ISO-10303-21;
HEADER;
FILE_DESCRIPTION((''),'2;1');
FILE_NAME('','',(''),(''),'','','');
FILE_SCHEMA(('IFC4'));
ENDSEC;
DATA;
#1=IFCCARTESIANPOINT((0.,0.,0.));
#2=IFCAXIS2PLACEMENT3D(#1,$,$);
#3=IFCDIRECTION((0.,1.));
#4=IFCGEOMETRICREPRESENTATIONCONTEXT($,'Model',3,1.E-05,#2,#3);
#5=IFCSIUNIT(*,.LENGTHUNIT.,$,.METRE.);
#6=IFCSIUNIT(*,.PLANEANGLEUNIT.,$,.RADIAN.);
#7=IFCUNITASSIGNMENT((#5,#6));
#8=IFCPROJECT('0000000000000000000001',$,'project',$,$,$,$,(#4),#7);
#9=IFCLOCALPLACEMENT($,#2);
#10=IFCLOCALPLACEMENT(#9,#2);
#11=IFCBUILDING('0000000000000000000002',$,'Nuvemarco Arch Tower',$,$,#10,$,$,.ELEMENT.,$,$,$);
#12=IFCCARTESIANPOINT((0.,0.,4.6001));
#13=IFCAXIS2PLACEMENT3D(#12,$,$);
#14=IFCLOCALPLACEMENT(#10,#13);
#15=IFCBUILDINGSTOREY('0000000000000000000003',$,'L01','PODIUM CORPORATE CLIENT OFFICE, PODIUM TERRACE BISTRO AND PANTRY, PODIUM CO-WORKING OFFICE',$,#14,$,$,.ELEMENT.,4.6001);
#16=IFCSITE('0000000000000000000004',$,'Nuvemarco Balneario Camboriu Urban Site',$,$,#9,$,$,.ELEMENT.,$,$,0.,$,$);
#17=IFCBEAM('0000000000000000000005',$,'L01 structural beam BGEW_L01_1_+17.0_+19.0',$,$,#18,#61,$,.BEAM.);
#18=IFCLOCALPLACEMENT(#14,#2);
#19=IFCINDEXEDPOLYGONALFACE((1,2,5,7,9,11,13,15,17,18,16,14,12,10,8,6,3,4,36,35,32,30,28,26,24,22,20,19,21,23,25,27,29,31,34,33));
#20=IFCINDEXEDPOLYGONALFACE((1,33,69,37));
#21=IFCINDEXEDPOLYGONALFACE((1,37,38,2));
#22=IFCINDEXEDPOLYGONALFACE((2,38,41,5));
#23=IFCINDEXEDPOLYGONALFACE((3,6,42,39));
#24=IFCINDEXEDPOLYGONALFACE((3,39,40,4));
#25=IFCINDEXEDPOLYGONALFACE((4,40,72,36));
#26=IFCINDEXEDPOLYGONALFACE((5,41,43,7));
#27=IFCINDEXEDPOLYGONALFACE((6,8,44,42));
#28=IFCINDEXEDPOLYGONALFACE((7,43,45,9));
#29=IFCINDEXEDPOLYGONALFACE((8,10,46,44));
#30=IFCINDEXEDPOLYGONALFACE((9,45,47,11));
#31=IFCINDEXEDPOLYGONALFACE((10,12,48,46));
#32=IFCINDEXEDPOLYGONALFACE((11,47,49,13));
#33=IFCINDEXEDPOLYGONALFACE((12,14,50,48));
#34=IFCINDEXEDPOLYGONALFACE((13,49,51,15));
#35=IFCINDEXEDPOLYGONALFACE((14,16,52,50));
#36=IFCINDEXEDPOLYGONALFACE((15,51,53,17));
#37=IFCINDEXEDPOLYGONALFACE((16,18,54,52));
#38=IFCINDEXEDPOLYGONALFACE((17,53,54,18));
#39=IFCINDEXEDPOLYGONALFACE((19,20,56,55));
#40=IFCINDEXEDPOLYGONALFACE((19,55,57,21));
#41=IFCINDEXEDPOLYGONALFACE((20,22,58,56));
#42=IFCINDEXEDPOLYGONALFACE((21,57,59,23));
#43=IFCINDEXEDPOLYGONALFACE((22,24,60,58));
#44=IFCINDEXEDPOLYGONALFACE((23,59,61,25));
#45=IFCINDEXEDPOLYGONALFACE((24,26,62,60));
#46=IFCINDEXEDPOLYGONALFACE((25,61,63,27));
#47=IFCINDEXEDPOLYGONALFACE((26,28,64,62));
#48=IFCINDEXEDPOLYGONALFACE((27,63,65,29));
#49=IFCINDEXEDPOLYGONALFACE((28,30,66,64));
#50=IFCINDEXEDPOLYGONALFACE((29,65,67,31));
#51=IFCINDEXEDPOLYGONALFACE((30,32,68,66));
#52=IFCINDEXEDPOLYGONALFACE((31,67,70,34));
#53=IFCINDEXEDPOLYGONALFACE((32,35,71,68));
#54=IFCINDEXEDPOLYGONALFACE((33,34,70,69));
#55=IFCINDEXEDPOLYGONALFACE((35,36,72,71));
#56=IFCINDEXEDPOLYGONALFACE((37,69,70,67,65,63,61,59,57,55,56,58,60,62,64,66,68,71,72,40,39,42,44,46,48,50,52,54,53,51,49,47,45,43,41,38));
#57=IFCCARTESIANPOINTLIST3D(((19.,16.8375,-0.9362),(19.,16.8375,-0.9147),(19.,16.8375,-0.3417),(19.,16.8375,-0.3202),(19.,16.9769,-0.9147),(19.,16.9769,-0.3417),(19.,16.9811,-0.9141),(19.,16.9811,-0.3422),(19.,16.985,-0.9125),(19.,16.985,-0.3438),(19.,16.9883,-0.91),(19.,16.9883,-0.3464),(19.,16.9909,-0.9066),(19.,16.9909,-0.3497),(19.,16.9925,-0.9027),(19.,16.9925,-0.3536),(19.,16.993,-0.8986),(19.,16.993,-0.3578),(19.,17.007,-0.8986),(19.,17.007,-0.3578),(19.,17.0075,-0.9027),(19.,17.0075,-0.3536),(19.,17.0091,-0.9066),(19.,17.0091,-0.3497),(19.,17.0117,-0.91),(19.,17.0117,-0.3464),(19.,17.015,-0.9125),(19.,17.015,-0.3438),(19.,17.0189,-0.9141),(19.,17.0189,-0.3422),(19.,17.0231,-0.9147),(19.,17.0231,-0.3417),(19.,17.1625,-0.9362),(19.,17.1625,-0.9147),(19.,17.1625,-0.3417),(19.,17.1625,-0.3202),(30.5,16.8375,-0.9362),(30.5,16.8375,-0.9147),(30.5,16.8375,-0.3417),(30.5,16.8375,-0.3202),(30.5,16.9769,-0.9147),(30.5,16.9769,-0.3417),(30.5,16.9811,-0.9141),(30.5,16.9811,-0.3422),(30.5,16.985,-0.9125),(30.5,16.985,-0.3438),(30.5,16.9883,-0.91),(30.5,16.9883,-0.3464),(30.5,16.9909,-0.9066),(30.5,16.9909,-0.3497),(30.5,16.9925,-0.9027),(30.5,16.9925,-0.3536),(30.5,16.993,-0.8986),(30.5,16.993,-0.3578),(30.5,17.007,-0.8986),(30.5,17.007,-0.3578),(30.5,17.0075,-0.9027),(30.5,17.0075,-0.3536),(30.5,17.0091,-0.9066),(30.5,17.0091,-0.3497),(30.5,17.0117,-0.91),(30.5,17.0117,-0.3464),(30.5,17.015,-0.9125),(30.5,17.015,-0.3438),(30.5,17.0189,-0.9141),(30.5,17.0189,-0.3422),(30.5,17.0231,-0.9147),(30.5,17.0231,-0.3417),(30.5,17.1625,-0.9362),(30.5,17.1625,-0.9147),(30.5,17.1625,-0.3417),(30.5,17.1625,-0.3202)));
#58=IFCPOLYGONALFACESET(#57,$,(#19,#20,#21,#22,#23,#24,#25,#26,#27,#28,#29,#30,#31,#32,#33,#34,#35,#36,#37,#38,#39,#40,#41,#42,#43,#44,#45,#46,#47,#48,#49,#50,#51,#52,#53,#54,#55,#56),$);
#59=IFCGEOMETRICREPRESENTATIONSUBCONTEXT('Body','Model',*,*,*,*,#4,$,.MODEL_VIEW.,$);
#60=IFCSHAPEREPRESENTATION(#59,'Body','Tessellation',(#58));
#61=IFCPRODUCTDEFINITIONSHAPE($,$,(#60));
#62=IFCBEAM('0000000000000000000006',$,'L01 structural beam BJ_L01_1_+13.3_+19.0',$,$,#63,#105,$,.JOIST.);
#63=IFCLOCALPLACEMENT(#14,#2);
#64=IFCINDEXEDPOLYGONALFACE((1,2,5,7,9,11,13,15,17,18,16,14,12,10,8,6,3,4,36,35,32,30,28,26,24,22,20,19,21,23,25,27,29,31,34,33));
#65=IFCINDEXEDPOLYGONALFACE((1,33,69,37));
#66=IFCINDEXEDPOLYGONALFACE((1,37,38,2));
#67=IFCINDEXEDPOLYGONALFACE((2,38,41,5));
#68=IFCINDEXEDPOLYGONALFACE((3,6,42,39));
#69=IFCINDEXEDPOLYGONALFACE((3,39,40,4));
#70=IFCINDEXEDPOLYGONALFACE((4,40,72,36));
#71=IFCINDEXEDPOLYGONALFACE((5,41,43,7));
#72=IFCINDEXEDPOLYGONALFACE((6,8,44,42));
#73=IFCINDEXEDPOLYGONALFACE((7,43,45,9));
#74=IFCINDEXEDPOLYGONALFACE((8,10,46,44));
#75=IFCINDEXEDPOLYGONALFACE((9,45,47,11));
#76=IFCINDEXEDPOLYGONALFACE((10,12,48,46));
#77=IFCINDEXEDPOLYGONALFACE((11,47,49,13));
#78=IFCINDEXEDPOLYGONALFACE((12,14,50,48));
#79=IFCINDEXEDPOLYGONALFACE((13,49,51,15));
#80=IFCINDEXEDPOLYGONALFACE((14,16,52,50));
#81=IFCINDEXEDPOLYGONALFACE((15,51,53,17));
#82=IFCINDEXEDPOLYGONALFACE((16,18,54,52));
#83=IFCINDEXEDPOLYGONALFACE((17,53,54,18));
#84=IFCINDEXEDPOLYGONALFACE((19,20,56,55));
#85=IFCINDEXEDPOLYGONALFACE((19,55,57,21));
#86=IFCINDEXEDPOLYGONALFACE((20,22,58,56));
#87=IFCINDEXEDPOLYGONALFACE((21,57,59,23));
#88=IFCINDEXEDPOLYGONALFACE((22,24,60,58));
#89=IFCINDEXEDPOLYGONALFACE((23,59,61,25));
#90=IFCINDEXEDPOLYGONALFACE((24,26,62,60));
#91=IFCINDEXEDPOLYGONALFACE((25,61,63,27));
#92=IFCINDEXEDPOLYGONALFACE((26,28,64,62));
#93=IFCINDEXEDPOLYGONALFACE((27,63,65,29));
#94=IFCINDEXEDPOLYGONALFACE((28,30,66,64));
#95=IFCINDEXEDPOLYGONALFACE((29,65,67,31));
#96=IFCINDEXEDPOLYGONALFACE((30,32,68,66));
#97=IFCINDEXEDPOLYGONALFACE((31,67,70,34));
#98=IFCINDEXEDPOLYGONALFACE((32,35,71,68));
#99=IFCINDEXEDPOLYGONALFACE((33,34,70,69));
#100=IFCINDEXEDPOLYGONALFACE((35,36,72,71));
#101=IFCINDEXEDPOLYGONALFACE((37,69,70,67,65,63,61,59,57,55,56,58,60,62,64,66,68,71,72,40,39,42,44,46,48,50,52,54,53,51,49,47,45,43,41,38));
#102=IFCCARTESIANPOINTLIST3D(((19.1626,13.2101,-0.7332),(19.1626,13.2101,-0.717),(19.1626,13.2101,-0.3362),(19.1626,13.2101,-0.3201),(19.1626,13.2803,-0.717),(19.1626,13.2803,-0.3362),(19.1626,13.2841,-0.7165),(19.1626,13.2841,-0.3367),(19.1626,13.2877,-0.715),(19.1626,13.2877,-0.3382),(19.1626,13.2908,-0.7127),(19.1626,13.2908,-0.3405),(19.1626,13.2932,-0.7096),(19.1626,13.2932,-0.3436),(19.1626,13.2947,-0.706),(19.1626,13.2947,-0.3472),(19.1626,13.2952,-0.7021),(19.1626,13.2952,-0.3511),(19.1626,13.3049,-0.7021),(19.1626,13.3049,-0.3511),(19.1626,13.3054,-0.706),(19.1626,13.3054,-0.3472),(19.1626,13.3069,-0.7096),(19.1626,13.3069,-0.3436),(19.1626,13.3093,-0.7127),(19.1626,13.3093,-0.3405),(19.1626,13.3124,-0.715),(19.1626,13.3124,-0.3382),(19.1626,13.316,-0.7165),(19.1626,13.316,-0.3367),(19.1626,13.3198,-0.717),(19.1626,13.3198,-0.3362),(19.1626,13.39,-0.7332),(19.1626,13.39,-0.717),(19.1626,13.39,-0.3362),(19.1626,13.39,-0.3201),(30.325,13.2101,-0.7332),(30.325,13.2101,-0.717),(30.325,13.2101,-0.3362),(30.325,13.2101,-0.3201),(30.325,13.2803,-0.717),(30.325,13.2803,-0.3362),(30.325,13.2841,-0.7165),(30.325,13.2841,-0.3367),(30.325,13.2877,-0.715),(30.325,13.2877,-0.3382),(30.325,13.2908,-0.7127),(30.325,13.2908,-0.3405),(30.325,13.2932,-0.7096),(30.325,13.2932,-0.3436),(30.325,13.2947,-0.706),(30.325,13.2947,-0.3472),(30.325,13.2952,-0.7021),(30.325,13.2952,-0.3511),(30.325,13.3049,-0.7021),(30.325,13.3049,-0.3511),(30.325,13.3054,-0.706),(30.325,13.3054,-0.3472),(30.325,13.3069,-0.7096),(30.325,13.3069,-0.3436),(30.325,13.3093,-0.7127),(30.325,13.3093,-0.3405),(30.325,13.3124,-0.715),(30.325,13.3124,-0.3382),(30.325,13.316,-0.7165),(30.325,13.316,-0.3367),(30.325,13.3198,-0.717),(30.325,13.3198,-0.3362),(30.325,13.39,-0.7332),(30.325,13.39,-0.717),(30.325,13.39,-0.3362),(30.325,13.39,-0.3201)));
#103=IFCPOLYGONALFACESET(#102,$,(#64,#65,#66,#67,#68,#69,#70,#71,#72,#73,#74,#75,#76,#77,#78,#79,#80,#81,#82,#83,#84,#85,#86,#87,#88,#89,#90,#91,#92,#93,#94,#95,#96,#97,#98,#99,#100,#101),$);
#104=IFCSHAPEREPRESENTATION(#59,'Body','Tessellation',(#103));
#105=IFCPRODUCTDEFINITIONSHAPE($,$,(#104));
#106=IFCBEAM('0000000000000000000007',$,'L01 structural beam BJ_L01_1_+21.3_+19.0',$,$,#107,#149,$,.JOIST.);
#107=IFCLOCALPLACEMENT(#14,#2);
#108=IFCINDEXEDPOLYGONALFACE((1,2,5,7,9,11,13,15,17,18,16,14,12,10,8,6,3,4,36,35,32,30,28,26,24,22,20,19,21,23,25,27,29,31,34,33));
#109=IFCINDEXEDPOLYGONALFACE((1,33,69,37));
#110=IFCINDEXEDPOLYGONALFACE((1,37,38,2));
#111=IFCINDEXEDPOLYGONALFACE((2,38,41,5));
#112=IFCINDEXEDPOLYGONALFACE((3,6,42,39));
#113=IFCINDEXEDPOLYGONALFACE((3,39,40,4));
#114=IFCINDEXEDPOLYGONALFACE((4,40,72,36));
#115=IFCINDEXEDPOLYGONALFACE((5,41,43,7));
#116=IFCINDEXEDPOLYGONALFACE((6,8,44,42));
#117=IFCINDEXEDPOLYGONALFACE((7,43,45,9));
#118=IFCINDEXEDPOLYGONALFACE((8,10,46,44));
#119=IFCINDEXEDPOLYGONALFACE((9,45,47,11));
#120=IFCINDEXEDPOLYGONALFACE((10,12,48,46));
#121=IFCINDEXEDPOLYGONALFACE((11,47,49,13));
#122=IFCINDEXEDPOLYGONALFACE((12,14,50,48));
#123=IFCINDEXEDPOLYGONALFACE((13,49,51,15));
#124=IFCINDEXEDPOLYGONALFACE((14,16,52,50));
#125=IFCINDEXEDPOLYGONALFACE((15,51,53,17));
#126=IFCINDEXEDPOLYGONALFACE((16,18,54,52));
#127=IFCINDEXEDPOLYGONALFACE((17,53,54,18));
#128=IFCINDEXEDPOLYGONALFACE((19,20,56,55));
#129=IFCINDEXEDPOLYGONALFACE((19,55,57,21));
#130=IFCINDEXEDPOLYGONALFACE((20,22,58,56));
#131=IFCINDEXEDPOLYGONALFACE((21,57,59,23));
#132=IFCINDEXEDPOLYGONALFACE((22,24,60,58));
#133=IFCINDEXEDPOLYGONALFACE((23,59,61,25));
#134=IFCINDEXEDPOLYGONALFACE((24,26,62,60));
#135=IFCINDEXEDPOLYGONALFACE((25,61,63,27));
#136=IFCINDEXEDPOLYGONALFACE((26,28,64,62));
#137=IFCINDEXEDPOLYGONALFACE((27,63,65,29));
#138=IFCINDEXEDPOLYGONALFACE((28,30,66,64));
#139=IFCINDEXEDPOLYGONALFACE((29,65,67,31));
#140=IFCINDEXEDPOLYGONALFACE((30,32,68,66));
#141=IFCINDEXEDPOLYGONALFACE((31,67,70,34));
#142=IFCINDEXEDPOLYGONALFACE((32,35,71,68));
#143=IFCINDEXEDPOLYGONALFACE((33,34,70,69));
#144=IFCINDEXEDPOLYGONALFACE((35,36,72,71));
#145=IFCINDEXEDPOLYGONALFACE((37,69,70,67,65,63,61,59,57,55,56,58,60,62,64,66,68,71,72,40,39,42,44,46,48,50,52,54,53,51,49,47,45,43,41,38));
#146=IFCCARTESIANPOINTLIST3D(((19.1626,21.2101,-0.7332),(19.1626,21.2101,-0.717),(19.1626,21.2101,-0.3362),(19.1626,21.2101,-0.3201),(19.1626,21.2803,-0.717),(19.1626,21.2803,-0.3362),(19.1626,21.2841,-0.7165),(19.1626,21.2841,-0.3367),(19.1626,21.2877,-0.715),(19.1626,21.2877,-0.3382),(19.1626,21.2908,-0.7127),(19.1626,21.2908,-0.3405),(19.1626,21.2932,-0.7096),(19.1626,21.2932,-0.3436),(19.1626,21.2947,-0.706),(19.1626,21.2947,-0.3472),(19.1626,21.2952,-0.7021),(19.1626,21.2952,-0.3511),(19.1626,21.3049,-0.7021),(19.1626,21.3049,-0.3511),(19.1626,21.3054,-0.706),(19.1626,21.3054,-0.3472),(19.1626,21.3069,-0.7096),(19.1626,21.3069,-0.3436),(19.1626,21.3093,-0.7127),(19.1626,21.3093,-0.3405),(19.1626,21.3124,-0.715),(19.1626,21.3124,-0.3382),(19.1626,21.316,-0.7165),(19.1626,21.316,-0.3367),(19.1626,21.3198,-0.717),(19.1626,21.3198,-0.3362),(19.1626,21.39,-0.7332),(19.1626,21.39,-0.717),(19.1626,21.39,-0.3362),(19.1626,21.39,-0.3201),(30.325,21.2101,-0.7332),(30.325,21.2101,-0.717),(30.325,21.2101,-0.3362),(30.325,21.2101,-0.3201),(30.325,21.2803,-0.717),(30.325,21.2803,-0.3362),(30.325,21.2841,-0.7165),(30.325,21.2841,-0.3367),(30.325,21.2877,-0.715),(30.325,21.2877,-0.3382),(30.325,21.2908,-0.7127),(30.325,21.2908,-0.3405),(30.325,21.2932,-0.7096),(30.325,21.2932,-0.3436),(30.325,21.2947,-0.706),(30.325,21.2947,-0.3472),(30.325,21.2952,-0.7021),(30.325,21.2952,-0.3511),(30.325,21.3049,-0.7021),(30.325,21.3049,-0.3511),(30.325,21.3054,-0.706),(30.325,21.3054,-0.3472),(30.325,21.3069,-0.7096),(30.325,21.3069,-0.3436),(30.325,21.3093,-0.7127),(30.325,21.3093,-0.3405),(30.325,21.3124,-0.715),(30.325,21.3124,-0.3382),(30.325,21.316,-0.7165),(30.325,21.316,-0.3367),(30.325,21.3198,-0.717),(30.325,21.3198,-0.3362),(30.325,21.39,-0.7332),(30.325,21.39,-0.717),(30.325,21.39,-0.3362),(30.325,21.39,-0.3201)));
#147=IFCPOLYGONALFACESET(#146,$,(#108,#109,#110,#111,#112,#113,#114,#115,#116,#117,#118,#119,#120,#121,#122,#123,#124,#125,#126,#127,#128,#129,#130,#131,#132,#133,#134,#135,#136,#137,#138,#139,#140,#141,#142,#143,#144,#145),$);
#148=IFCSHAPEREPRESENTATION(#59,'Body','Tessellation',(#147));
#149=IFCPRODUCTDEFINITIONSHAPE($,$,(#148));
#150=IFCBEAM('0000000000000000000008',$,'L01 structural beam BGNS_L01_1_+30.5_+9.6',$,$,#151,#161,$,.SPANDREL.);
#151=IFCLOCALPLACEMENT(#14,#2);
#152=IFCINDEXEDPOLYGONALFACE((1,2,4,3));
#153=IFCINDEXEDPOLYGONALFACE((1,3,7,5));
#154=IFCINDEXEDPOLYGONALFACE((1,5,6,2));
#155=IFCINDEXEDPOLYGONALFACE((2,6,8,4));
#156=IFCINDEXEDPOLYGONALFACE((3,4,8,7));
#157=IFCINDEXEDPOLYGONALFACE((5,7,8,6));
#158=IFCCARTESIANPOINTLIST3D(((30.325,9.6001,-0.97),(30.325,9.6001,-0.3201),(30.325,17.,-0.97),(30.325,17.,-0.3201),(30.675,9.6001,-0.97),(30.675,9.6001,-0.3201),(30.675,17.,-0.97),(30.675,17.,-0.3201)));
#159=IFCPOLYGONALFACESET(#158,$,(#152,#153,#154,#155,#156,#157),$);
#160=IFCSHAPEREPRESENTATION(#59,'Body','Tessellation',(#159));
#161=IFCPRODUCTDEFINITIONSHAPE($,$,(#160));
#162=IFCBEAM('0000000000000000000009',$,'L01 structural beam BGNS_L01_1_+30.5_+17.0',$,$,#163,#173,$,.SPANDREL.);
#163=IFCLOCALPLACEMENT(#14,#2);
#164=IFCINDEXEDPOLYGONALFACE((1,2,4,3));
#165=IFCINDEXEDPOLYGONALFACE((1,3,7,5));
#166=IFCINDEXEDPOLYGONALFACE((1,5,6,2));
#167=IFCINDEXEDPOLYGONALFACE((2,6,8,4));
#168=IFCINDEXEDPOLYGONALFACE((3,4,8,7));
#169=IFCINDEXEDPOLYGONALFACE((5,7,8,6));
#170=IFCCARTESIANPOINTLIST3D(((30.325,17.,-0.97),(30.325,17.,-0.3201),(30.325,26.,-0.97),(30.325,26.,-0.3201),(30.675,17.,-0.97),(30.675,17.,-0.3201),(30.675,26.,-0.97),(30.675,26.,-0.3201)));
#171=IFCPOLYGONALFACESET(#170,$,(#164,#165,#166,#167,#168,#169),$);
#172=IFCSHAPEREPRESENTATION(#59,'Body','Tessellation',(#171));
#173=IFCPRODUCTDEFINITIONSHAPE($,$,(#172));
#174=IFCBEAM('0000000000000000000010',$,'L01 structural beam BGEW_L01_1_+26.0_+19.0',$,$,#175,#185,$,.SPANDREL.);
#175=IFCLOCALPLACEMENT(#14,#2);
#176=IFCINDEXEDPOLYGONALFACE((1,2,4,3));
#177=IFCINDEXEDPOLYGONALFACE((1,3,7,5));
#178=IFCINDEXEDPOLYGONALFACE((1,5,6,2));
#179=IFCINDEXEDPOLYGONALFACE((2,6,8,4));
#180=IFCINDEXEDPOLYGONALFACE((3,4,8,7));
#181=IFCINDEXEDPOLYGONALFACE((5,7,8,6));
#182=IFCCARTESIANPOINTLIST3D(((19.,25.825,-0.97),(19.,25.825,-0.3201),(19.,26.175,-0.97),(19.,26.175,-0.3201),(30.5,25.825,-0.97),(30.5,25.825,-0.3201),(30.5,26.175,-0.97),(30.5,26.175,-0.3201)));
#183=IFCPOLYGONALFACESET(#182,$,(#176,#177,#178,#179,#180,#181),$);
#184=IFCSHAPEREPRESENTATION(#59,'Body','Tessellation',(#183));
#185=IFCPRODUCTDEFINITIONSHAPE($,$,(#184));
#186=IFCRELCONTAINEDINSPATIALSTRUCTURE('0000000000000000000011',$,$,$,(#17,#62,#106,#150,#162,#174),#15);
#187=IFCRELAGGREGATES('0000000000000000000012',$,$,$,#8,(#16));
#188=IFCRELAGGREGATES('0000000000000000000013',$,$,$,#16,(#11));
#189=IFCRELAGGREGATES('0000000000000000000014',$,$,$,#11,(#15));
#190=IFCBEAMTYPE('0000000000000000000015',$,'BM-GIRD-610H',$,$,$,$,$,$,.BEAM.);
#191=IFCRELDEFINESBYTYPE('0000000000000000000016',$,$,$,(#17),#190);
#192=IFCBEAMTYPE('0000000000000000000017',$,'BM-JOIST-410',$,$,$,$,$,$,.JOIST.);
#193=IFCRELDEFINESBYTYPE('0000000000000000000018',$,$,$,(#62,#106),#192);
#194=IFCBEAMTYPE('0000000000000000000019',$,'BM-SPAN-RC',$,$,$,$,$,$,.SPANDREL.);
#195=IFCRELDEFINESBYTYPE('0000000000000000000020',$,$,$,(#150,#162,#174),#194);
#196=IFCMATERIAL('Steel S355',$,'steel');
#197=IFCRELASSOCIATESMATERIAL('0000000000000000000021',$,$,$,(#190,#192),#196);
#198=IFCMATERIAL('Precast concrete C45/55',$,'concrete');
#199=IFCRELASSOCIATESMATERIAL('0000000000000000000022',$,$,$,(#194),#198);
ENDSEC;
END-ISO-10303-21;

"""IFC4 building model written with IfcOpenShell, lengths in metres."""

from ifc_helpers import new_model, si_unit, direction, frame, origin, origin_2d, place, context, subcontext, project, spatial, rectangle, i_section, extrude, material, material_profile, profile_set, type_object, element, save


model = new_model("IFC4")

# Units and contexts
model_context = context("Model", 3, precision=1e-05, world=origin(), true_north=direction((0.0, 1.0)))
body_context = subcontext(model_context, "Body", "Model", "MODEL_VIEW")
ifc_project = project(units=[si_unit("LENGTHUNIT", "METRE"), si_unit("PLANEANGLEUNIT", "RADIAN")], contexts=[model_context])

# Site, building, storey
site_placement = place(None, origin())
site = spatial("IfcSite", under=ifc_project, at=site_placement, Name="Nuvemarco Balneario Camboriu Urban Site", CompositionType="ELEMENT", RefElevation=0.0)
building_placement = place(site_placement, origin())
building = spatial("IfcBuilding", under=site, at=building_placement, Name="Nuvemarco Arch Tower", CompositionType="ELEMENT")
storey_placement = place(building_placement, frame((0.0, 0.0, 4.6001)))
storey = spatial("IfcBuildingStorey", under=building, at=storey_placement, Name="L01", Description="PODIUM CORPORATE CLIENT OFFICE, PODIUM TERRACE BISTRO AND PANTRY, PODIUM CO-WORKING OFFICE", CompositionType="ELEMENT", Elevation=4.6001)

# Beams
ifc_material_1 = material(Name="Steel S355", Category="steel")
ifc_material_profile_1 = material_profile(ifc_material_1, i_section(OverallWidth=0.325, OverallDepth=0.616, WebThickness=0.0139, FlangeThickness=0.0215, FilletRadius=0.0161, at=origin_2d()), Name="W610x174")
ifc_profile_set_1 = profile_set([ifc_material_profile_1], Name="Steel S355")
beam_type_1 = type_object("IfcBeamType", Name="BM-GIRD-610H", PredefinedType="BEAM", material=ifc_profile_set_1)
beam_1_placement = place(storey_placement, frame((19.0, 17.0, -0.6282), z_axis=(1.0, 0.0, 0.0), x_axis=(0.0, 1.0, 0.0)))
element("IfcBeam", 1, at=beam_1_placement, inside=storey, type_object=beam_type_1, Name="L01 structural beam BGEW_L01_1_+17.0_+19.0", PredefinedType="BEAM", context=body_context, shape_type="SweptSolid", body=[
    extrude(i_section(OverallWidth=0.325, OverallDepth=0.616, WebThickness=0.0139, FlangeThickness=0.0215, FilletRadius=0.0161, at=origin_2d()), origin(), (0.0, 0.0, 1.0), 11.5),
])
ifc_material_profile_2 = material_profile(ifc_material_1, i_section(OverallWidth=0.1799, OverallDepth=0.4131, WebThickness=0.0098, FlangeThickness=0.0161, FilletRadius=0.0149, at=origin_2d()), Name="W410x75")
ifc_profile_set_2 = profile_set([ifc_material_profile_2], Name="Steel S355")
beam_type_2 = type_object("IfcBeamType", Name="BM-JOIST-410", PredefinedType="JOIST", material=ifc_profile_set_2)
for number, where, z_axis, x_axis, name in (
    (2, (19.1626, 13.3, -0.5266), (1.0, 0.0, 0.0), (0.0, 1.0, 0.0), "L01 structural beam BJ_L01_1_+13.3_+19.0"),
    (3, (19.1626, 21.3, -0.5266), (1.0, 0.0, 0.0), (0.0, 1.0, 0.0), "L01 structural beam BJ_L01_1_+21.3_+19.0"),
):
    element("IfcBeam", number, at=place(storey_placement, frame(where, z_axis=z_axis, x_axis=x_axis)), inside=storey, type_object=beam_type_2, Name=name, PredefinedType="JOIST", context=body_context, shape_type="SweptSolid", body=[
        extrude(i_section(OverallWidth=0.1799, OverallDepth=0.4131, WebThickness=0.0098, FlangeThickness=0.0161, FilletRadius=0.0149, at=origin_2d()), origin(), (0.0, 0.0, 1.0), 11.1624),
    ])
ifc_material_2 = material(Name="Precast concrete C45/55", Category="concrete")
ifc_material_profile_3 = material_profile(ifc_material_2, rectangle(XDim=0.3501, YDim=0.6499, at=origin_2d()), Name="PC-SP-350x650")
ifc_profile_set_3 = profile_set([ifc_material_profile_3], Name="Precast concrete C45/55")
beam_type_3 = type_object("IfcBeamType", Name="BM-SPAN-RC", PredefinedType="SPANDREL", material=ifc_profile_set_3)
beam_2_placement = place(storey_placement, frame((30.5, 9.6001, -0.645), z_axis=(0.0, 1.0, 0.0), x_axis=(-1.0, 0.0, 0.0)))
element("IfcBeam", 4, at=beam_2_placement, inside=storey, type_object=beam_type_3, Name="L01 structural beam BGNS_L01_1_+30.5_+9.6", PredefinedType="SPANDREL", context=body_context, shape_type="SweptSolid", body=[
    extrude(rectangle(XDim=0.3501, YDim=0.6499, at=origin_2d()), origin(), (0.0, 0.0, 1.0), 7.3999),
])
beam_3_placement = place(storey_placement, frame((30.5, 17.0, -0.645), z_axis=(0.0, 1.0, 0.0), x_axis=(-1.0, 0.0, 0.0)))
element("IfcBeam", 5, at=beam_3_placement, inside=storey, type_object=beam_type_3, Name="L01 structural beam BGNS_L01_1_+30.5_+17.0", PredefinedType="SPANDREL", context=body_context, shape_type="SweptSolid", body=[
    extrude(rectangle(XDim=0.3501, YDim=0.6499, at=origin_2d()), origin(), (0.0, 0.0, 1.0), 9.0),
])
beam_4_placement = place(storey_placement, frame((19.0, 26.0, -0.645), z_axis=(1.0, 0.0, 0.0), x_axis=(0.0, 1.0, 0.0)))
element("IfcBeam", 6, at=beam_4_placement, inside=storey, type_object=beam_type_3, Name="L01 structural beam BGEW_L01_1_+26.0_+19.0", PredefinedType="SPANDREL", context=body_context, shape_type="SweptSolid", body=[
    extrude(rectangle(XDim=0.3501, YDim=0.6499, at=origin_2d()), origin(), (0.0, 0.0, 1.0), 11.5),
])

save(model, "model.ifc")
